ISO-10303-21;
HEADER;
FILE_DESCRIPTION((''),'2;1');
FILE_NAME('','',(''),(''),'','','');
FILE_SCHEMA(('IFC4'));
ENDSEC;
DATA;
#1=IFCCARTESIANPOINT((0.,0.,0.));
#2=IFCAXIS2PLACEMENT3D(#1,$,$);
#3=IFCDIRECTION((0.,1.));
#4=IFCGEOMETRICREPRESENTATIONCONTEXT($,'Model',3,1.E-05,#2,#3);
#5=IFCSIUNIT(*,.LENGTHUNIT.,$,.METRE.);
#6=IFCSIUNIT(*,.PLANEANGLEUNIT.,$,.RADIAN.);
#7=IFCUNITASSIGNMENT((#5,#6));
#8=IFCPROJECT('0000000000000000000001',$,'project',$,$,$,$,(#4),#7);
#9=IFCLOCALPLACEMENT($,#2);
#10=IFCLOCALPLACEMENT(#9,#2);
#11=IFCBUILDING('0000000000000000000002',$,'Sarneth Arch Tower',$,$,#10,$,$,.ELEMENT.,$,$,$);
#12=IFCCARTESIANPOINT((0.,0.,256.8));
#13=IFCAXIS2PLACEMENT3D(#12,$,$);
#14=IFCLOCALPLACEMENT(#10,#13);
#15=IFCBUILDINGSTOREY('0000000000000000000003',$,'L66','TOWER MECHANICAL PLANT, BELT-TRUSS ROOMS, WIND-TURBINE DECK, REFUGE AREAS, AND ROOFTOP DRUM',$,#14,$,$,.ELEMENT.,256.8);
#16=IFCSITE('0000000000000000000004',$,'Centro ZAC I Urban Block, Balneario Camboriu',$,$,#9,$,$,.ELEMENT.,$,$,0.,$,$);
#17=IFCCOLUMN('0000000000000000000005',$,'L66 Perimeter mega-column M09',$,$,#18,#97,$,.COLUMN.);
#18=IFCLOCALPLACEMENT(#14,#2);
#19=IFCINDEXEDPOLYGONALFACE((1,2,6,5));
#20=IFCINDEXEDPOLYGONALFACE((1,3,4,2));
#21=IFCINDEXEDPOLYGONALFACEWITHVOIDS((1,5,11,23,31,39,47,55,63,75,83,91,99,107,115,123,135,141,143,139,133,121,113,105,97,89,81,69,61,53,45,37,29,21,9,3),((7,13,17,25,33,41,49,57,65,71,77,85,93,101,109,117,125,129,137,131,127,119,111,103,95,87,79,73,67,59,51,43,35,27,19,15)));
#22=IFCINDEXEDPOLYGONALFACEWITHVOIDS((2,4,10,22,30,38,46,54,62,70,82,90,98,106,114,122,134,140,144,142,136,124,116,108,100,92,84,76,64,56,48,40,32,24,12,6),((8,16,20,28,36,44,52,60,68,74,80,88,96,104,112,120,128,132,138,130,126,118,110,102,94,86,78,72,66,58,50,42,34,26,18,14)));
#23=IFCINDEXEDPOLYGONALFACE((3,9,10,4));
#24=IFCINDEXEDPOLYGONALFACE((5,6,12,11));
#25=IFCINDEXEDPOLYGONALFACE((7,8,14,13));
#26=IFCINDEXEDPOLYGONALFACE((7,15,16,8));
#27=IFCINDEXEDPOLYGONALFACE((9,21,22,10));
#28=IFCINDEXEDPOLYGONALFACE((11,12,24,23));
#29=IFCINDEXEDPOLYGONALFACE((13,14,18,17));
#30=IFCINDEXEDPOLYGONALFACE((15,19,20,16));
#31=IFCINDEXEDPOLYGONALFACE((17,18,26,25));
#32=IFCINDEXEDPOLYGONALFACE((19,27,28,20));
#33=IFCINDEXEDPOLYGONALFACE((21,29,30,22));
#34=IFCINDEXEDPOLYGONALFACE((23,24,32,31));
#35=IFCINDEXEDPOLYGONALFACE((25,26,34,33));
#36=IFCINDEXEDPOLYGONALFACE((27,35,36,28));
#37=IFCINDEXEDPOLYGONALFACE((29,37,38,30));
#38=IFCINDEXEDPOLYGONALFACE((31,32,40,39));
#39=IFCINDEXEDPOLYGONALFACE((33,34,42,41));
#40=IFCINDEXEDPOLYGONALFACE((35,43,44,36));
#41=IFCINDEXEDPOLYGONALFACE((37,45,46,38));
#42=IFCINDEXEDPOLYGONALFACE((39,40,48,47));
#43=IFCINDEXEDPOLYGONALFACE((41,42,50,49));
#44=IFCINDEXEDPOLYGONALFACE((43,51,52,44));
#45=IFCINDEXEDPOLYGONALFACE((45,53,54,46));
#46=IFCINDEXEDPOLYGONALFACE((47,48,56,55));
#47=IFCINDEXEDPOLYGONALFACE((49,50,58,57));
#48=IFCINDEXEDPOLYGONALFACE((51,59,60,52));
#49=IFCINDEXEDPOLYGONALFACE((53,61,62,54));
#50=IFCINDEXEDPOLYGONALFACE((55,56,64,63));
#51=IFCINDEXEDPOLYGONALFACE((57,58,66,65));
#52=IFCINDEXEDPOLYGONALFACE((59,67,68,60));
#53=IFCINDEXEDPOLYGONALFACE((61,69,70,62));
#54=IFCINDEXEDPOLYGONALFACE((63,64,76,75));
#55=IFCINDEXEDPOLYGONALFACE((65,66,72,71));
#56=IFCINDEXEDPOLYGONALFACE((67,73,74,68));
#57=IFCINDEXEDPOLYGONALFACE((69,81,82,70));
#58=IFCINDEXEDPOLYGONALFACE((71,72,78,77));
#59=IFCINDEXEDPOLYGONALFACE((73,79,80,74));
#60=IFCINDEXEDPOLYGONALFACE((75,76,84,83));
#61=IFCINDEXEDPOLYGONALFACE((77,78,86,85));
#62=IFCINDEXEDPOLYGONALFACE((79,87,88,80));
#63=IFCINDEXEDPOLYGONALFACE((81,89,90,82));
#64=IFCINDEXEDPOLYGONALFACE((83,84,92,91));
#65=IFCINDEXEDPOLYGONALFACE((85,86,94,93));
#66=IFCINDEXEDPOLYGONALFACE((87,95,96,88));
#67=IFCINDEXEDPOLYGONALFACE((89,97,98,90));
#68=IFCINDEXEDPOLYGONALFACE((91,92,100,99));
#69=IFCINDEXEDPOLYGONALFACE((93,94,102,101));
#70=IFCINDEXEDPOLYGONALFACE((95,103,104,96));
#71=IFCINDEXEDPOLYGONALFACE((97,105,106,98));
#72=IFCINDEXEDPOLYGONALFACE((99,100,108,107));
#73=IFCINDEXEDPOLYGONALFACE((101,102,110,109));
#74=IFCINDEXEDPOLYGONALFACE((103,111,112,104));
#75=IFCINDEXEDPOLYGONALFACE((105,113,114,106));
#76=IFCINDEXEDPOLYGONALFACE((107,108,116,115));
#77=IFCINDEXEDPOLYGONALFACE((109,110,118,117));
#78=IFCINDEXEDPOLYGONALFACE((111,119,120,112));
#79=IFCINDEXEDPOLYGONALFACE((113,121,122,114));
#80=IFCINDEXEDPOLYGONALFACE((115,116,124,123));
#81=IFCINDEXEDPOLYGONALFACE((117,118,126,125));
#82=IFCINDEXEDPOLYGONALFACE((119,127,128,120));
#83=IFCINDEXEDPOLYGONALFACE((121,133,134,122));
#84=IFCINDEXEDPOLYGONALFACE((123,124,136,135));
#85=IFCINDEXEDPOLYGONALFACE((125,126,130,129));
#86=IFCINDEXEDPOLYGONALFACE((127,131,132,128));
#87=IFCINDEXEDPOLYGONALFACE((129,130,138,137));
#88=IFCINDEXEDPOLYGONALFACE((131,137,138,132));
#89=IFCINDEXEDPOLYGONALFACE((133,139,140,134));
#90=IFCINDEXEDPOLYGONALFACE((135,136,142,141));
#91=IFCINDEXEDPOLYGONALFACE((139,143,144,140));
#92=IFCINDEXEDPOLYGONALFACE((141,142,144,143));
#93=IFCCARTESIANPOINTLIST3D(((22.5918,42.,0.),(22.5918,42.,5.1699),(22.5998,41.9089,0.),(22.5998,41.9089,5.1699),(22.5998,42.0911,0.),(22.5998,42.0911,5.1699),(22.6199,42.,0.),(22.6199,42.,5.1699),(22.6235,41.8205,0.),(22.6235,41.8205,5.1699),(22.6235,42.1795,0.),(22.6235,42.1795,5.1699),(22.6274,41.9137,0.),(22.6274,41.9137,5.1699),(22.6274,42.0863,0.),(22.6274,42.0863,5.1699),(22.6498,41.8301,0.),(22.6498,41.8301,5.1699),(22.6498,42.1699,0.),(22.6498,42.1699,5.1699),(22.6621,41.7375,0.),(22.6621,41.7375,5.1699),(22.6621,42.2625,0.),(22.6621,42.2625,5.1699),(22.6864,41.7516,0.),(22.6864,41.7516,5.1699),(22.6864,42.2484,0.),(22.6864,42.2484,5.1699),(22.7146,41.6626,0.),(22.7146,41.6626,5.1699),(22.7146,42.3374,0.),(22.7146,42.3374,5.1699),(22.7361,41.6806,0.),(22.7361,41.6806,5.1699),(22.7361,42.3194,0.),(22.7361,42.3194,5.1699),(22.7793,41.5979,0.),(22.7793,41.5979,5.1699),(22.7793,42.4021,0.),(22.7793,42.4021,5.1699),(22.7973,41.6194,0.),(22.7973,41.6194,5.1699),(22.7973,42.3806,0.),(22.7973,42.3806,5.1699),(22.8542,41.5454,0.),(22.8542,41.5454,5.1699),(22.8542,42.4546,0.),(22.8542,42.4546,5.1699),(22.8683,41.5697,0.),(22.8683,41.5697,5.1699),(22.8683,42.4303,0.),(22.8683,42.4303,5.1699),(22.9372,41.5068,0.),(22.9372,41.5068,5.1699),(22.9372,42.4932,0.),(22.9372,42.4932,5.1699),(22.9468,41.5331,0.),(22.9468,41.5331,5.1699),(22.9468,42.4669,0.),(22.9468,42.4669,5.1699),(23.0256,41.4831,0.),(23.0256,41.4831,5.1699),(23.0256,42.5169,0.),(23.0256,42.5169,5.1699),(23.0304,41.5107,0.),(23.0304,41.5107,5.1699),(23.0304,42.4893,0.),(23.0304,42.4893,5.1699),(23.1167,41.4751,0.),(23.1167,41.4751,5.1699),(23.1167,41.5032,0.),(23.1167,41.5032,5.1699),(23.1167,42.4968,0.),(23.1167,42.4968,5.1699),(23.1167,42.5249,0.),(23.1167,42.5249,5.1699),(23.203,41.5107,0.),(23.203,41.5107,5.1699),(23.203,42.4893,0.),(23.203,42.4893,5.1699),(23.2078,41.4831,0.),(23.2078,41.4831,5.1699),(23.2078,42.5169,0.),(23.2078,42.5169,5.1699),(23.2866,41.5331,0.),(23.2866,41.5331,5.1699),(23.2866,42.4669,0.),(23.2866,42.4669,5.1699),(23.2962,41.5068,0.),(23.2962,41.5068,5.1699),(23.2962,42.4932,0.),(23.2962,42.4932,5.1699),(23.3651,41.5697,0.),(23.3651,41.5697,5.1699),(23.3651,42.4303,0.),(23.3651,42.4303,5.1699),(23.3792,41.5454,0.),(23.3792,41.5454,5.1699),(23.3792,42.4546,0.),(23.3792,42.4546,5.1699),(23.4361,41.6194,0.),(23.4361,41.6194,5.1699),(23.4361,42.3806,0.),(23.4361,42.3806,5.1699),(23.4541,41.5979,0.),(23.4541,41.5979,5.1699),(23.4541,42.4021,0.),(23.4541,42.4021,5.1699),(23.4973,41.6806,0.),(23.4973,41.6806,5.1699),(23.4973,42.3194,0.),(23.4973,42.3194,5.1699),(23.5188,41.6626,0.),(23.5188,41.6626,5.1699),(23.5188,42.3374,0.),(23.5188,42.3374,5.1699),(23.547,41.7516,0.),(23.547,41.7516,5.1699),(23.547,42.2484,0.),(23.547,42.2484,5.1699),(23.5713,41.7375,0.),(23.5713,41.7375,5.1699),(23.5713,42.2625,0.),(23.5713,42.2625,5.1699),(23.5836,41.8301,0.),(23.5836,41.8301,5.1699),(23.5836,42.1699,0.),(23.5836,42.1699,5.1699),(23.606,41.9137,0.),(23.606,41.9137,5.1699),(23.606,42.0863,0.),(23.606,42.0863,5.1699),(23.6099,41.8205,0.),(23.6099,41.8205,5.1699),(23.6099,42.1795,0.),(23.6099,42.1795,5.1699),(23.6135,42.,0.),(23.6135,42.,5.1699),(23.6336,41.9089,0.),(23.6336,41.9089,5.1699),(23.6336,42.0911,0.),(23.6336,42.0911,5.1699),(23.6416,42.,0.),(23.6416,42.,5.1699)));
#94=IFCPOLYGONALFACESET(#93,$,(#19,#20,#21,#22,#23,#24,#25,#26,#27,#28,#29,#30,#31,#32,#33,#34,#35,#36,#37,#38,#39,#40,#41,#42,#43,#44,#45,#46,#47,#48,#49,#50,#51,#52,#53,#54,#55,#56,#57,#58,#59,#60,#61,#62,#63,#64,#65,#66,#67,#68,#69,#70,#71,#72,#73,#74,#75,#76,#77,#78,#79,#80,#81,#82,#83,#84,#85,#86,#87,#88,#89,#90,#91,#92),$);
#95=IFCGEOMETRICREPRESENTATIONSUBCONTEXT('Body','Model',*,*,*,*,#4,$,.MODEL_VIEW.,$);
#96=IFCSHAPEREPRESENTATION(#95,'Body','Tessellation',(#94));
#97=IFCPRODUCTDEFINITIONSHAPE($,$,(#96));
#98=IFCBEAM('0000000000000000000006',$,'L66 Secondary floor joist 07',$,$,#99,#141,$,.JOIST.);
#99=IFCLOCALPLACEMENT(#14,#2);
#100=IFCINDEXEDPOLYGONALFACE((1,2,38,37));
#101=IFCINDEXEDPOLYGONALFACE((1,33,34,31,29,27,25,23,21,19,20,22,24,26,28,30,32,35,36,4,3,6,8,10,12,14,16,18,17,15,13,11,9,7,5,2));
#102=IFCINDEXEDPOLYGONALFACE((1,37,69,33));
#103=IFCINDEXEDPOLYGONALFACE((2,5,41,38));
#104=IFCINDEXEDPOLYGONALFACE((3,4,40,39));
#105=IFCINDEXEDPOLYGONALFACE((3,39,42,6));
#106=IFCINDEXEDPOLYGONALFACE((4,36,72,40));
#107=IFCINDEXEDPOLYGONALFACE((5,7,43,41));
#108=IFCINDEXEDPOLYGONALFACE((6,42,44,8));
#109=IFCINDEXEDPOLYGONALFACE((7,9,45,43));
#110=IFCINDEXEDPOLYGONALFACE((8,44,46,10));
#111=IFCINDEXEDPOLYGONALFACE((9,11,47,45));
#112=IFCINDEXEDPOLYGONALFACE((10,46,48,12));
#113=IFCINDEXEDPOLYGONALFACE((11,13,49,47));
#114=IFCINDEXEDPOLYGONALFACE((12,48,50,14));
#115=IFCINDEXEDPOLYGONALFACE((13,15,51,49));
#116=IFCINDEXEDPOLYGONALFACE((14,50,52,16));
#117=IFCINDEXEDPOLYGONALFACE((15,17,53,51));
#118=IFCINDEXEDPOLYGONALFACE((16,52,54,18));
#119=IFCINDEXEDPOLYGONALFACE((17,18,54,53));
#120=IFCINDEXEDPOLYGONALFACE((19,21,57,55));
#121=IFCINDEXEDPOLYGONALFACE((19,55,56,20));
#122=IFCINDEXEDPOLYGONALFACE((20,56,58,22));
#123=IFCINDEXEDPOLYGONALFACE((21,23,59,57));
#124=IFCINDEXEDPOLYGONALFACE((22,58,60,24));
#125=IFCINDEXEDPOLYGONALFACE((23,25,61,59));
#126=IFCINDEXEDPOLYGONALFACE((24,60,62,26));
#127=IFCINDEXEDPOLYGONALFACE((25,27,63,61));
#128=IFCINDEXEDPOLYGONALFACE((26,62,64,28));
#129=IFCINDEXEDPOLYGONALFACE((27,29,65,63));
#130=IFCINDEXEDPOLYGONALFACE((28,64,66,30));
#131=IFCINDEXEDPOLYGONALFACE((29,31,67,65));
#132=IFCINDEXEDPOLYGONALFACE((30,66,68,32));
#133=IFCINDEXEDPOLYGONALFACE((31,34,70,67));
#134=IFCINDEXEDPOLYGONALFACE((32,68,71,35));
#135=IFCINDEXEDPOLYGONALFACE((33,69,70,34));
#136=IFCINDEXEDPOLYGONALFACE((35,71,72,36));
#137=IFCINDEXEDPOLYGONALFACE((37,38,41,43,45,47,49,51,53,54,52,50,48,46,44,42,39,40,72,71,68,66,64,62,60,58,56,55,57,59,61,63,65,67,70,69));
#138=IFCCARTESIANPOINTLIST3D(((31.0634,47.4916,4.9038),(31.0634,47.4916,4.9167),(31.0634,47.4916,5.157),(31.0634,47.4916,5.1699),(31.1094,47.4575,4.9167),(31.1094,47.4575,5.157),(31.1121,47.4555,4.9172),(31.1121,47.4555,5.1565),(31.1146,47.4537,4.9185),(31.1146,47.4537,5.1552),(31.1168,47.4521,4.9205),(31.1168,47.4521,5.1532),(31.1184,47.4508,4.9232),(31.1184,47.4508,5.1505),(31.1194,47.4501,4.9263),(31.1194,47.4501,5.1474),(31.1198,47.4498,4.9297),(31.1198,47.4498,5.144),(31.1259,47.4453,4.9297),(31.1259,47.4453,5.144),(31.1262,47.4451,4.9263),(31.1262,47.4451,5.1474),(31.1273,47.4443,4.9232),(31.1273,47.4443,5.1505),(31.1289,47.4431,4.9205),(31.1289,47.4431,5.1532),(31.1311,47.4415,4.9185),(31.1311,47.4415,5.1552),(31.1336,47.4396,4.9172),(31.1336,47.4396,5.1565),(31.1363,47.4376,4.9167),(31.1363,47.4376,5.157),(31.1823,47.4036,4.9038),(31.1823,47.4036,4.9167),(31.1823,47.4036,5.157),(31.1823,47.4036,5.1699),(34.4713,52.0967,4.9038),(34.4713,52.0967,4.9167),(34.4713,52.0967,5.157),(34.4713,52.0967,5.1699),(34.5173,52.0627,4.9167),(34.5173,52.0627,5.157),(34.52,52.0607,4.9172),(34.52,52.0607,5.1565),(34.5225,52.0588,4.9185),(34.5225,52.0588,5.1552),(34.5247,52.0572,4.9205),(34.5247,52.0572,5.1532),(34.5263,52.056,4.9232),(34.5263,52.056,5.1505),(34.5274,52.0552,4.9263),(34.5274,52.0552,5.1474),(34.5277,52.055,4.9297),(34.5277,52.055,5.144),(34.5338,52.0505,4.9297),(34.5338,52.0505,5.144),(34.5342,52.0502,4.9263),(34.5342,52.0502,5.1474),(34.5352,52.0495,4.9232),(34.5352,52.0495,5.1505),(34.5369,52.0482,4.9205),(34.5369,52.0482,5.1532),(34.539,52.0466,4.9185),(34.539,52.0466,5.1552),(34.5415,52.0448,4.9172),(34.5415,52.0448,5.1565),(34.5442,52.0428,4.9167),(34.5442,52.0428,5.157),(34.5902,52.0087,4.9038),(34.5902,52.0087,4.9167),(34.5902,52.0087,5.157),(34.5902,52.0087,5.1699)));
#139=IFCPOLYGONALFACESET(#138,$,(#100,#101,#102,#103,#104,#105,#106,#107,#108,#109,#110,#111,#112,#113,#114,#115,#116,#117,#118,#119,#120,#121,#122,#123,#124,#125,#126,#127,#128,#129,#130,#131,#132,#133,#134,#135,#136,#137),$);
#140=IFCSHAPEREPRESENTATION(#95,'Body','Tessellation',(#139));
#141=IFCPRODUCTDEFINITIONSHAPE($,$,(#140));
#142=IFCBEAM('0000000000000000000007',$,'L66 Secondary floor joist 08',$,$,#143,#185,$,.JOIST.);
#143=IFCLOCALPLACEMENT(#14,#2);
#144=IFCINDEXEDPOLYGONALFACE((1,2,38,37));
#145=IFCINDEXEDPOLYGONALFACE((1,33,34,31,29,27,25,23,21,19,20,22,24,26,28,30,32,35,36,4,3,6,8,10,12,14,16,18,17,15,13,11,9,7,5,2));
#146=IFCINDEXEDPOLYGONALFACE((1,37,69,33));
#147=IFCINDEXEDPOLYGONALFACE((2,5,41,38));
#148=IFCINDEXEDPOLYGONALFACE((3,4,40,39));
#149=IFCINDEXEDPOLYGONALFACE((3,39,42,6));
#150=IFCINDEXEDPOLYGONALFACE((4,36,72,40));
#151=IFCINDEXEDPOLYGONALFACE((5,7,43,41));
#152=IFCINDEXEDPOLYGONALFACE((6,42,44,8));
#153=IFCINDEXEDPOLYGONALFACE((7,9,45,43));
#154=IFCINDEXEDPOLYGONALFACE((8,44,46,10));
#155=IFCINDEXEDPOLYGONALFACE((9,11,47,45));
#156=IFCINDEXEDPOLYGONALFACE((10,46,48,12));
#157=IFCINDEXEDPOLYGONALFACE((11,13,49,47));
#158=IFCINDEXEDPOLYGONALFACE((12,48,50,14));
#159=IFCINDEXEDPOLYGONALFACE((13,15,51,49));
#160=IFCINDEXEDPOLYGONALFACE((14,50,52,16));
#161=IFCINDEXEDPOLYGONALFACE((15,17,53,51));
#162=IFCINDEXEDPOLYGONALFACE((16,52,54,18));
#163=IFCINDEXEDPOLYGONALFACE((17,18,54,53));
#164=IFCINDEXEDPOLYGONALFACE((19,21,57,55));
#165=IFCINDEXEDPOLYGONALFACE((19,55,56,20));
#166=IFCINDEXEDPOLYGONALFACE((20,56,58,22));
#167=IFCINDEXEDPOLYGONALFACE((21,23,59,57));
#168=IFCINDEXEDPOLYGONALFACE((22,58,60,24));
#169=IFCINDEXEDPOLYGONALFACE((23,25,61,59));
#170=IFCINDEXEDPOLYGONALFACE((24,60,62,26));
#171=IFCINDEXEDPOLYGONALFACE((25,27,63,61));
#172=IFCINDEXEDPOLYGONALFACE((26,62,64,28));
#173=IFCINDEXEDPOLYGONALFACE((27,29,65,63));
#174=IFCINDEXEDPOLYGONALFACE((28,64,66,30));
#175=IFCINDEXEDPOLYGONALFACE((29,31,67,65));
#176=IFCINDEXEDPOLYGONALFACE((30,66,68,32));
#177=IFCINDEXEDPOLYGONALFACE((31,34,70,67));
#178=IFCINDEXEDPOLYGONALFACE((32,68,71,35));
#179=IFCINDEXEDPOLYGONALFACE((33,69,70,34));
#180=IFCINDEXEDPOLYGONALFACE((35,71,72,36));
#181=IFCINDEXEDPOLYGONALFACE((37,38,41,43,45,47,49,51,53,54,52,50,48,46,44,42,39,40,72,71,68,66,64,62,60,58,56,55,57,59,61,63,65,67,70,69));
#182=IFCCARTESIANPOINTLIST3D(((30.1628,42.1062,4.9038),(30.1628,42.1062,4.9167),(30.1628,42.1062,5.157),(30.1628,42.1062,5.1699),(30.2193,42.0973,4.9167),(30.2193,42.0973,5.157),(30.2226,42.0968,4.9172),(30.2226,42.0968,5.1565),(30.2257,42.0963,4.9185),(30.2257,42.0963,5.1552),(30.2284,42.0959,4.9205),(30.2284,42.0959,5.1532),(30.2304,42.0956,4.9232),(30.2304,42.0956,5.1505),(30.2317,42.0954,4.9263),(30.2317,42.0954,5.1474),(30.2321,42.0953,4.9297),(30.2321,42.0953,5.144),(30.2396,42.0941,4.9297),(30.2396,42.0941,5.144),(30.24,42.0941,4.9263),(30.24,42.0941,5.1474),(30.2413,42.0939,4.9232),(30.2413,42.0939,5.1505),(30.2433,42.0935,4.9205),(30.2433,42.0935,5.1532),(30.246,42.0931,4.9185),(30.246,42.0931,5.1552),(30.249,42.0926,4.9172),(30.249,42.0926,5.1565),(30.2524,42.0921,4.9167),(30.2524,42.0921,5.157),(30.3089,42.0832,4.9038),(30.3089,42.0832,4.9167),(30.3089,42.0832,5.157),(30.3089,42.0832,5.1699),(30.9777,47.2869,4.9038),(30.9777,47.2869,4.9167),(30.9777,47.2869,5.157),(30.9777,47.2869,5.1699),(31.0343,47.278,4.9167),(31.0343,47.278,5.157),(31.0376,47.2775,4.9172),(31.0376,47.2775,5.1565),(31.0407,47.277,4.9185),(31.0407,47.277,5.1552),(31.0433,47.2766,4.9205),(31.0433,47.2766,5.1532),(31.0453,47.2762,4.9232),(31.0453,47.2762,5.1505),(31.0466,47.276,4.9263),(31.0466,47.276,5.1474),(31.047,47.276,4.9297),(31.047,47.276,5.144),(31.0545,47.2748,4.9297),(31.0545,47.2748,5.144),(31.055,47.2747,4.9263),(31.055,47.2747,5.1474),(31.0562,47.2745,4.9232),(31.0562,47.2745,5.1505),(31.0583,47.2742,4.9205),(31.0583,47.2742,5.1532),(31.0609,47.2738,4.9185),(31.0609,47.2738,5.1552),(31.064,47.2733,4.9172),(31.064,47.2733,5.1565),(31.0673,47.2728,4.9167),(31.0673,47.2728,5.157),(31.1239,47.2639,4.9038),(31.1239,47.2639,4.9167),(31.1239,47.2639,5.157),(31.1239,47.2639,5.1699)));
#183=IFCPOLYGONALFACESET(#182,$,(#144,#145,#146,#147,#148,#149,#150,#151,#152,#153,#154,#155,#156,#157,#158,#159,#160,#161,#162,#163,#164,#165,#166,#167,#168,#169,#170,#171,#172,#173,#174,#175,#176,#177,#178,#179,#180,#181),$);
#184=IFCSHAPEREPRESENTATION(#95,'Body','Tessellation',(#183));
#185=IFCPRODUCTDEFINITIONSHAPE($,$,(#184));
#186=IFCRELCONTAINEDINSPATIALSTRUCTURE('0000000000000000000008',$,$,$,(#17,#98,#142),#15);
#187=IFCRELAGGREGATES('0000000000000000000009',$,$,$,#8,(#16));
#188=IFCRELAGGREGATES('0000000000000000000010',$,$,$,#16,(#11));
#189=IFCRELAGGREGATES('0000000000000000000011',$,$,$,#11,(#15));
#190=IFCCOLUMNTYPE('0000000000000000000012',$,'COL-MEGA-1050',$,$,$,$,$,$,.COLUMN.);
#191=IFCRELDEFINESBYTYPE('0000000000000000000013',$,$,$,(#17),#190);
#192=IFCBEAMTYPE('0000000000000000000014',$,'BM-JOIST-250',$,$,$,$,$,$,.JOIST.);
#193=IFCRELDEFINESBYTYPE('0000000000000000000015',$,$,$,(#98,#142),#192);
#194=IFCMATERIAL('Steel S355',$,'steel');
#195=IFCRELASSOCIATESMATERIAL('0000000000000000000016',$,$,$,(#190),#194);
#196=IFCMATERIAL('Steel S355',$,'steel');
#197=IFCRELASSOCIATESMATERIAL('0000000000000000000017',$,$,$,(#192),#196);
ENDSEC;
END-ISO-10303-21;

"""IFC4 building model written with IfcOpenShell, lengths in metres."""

from ifc_helpers import new_model, si_unit, direction, frame, origin, origin_2d, place, context, subcontext, project, spatial, hollow_circle, i_section, extrude, material, material_profile, profile_set, type_object, element, save


model = new_model("IFC4")

# Units and contexts
model_context = context("Model", 3, precision=1e-05, world=origin(), true_north=direction((0.0, 1.0)))
body_context = subcontext(model_context, "Body", "Model", "MODEL_VIEW")
ifc_project = project(units=[si_unit("LENGTHUNIT", "METRE"), si_unit("PLANEANGLEUNIT", "RADIAN")], contexts=[model_context])

# Site, building, storey
site_placement = place(None, origin())
site = spatial("IfcSite", under=ifc_project, at=site_placement, Name="Centro ZAC I Urban Block, Balneario Camboriu", CompositionType="ELEMENT", RefElevation=0.0)
building_placement = place(site_placement, origin())
building = spatial("IfcBuilding", under=site, at=building_placement, Name="Sarneth Arch Tower", CompositionType="ELEMENT")
storey_placement = place(building_placement, frame((0.0, 0.0, 256.8)))
storey = spatial("IfcBuildingStorey", under=building, at=storey_placement, Name="L66", Description="TOWER MECHANICAL PLANT, BELT-TRUSS ROOMS, WIND-TURBINE DECK, REFUGE AREAS, AND ROOFTOP DRUM", CompositionType="ELEMENT", Elevation=256.8)

# Column
ifc_material_1 = material(Name="Steel S355", Category="steel")
ifc_material_profile_1 = material_profile(ifc_material_1, hollow_circle(Radius=0.5249, WallThickness=0.0281, at=origin_2d()), Name="CHS1050x28")
ifc_profile_set_1 = profile_set([ifc_material_profile_1], Name="Steel S355")
column_type = type_object("IfcColumnType", Name="COL-MEGA-1050", PredefinedType="COLUMN", material=ifc_profile_set_1)
for number, where, z_axis, x_axis, name in (
    (1, (23.1167, 42.0, 0.0), (0.0, 0.0, 1.0), (1.0, 0.0, 0.0), "L66 Perimeter mega-column M09"),
):
    element("IfcColumn", number, at=place(storey_placement, frame(where, z_axis=z_axis, x_axis=x_axis)), inside=storey, type_object=column_type, Name=name, PredefinedType="COLUMN", context=body_context, shape_type="SweptSolid", body=[
        extrude(hollow_circle(Radius=0.5249, WallThickness=0.0281, at=origin_2d()), origin(), (0.0, 0.0, 1.0), 5.1699),
    ])

# Beams
ifc_material_2 = material(Name="Steel S355", Category="steel")
ifc_material_profile_2 = material_profile(ifc_material_2, i_section(OverallWidth=0.1479, OverallDepth=0.2661, WebThickness=0.0076, FlangeThickness=0.0129, FilletRadius=0.0129, at=origin_2d()), Name="W250x44.8")
ifc_profile_set_2 = profile_set([ifc_material_profile_2], Name="Steel S355")
beam_type_1 = type_object("IfcBeamType", Name="BM-JOIST-250", PredefinedType="JOIST", material=ifc_profile_set_2)
beam_1_placement = place(storey_placement, frame((34.5308, 52.0527, 5.0369), z_axis=(-0.594853, -0.803834, 0.0), x_axis=(0.803834, -0.594853, 0.0)))
element("IfcBeam", 2, at=beam_1_placement, inside=storey, type_object=beam_type_1, Name="L66 Secondary floor joist 07", PredefinedType="JOIST", context=body_context, shape_type="SweptSolid", body=[
    extrude(i_section(OverallWidth=0.1479, OverallDepth=0.2661, WebThickness=0.0076, FlangeThickness=0.0129, FilletRadius=0.0129, at=origin_2d()), origin(), (0.0, 0.0, 1.0), 5.729),
])
for number, where, z_axis, x_axis, name in (
    (3, (31.0508, 47.2754, 5.0369), (-0.155394, -0.987853, 0.0), (0.987853, -0.155394, 0.0), "L66 Secondary floor joist 08"),
):
    element("IfcBeam", number, at=place(storey_placement, frame(where, z_axis=z_axis, x_axis=x_axis)), inside=storey, type_object=beam_type_1, Name=name, PredefinedType="JOIST", context=body_context, shape_type="SweptSolid", body=[
        extrude(i_section(OverallWidth=0.1479, OverallDepth=0.2661, WebThickness=0.0076, FlangeThickness=0.0129, FilletRadius=0.0129, at=origin_2d()), origin(), (0.0, 0.0, 1.0), 5.2444),
    ])

save(model, "model.ifc")
